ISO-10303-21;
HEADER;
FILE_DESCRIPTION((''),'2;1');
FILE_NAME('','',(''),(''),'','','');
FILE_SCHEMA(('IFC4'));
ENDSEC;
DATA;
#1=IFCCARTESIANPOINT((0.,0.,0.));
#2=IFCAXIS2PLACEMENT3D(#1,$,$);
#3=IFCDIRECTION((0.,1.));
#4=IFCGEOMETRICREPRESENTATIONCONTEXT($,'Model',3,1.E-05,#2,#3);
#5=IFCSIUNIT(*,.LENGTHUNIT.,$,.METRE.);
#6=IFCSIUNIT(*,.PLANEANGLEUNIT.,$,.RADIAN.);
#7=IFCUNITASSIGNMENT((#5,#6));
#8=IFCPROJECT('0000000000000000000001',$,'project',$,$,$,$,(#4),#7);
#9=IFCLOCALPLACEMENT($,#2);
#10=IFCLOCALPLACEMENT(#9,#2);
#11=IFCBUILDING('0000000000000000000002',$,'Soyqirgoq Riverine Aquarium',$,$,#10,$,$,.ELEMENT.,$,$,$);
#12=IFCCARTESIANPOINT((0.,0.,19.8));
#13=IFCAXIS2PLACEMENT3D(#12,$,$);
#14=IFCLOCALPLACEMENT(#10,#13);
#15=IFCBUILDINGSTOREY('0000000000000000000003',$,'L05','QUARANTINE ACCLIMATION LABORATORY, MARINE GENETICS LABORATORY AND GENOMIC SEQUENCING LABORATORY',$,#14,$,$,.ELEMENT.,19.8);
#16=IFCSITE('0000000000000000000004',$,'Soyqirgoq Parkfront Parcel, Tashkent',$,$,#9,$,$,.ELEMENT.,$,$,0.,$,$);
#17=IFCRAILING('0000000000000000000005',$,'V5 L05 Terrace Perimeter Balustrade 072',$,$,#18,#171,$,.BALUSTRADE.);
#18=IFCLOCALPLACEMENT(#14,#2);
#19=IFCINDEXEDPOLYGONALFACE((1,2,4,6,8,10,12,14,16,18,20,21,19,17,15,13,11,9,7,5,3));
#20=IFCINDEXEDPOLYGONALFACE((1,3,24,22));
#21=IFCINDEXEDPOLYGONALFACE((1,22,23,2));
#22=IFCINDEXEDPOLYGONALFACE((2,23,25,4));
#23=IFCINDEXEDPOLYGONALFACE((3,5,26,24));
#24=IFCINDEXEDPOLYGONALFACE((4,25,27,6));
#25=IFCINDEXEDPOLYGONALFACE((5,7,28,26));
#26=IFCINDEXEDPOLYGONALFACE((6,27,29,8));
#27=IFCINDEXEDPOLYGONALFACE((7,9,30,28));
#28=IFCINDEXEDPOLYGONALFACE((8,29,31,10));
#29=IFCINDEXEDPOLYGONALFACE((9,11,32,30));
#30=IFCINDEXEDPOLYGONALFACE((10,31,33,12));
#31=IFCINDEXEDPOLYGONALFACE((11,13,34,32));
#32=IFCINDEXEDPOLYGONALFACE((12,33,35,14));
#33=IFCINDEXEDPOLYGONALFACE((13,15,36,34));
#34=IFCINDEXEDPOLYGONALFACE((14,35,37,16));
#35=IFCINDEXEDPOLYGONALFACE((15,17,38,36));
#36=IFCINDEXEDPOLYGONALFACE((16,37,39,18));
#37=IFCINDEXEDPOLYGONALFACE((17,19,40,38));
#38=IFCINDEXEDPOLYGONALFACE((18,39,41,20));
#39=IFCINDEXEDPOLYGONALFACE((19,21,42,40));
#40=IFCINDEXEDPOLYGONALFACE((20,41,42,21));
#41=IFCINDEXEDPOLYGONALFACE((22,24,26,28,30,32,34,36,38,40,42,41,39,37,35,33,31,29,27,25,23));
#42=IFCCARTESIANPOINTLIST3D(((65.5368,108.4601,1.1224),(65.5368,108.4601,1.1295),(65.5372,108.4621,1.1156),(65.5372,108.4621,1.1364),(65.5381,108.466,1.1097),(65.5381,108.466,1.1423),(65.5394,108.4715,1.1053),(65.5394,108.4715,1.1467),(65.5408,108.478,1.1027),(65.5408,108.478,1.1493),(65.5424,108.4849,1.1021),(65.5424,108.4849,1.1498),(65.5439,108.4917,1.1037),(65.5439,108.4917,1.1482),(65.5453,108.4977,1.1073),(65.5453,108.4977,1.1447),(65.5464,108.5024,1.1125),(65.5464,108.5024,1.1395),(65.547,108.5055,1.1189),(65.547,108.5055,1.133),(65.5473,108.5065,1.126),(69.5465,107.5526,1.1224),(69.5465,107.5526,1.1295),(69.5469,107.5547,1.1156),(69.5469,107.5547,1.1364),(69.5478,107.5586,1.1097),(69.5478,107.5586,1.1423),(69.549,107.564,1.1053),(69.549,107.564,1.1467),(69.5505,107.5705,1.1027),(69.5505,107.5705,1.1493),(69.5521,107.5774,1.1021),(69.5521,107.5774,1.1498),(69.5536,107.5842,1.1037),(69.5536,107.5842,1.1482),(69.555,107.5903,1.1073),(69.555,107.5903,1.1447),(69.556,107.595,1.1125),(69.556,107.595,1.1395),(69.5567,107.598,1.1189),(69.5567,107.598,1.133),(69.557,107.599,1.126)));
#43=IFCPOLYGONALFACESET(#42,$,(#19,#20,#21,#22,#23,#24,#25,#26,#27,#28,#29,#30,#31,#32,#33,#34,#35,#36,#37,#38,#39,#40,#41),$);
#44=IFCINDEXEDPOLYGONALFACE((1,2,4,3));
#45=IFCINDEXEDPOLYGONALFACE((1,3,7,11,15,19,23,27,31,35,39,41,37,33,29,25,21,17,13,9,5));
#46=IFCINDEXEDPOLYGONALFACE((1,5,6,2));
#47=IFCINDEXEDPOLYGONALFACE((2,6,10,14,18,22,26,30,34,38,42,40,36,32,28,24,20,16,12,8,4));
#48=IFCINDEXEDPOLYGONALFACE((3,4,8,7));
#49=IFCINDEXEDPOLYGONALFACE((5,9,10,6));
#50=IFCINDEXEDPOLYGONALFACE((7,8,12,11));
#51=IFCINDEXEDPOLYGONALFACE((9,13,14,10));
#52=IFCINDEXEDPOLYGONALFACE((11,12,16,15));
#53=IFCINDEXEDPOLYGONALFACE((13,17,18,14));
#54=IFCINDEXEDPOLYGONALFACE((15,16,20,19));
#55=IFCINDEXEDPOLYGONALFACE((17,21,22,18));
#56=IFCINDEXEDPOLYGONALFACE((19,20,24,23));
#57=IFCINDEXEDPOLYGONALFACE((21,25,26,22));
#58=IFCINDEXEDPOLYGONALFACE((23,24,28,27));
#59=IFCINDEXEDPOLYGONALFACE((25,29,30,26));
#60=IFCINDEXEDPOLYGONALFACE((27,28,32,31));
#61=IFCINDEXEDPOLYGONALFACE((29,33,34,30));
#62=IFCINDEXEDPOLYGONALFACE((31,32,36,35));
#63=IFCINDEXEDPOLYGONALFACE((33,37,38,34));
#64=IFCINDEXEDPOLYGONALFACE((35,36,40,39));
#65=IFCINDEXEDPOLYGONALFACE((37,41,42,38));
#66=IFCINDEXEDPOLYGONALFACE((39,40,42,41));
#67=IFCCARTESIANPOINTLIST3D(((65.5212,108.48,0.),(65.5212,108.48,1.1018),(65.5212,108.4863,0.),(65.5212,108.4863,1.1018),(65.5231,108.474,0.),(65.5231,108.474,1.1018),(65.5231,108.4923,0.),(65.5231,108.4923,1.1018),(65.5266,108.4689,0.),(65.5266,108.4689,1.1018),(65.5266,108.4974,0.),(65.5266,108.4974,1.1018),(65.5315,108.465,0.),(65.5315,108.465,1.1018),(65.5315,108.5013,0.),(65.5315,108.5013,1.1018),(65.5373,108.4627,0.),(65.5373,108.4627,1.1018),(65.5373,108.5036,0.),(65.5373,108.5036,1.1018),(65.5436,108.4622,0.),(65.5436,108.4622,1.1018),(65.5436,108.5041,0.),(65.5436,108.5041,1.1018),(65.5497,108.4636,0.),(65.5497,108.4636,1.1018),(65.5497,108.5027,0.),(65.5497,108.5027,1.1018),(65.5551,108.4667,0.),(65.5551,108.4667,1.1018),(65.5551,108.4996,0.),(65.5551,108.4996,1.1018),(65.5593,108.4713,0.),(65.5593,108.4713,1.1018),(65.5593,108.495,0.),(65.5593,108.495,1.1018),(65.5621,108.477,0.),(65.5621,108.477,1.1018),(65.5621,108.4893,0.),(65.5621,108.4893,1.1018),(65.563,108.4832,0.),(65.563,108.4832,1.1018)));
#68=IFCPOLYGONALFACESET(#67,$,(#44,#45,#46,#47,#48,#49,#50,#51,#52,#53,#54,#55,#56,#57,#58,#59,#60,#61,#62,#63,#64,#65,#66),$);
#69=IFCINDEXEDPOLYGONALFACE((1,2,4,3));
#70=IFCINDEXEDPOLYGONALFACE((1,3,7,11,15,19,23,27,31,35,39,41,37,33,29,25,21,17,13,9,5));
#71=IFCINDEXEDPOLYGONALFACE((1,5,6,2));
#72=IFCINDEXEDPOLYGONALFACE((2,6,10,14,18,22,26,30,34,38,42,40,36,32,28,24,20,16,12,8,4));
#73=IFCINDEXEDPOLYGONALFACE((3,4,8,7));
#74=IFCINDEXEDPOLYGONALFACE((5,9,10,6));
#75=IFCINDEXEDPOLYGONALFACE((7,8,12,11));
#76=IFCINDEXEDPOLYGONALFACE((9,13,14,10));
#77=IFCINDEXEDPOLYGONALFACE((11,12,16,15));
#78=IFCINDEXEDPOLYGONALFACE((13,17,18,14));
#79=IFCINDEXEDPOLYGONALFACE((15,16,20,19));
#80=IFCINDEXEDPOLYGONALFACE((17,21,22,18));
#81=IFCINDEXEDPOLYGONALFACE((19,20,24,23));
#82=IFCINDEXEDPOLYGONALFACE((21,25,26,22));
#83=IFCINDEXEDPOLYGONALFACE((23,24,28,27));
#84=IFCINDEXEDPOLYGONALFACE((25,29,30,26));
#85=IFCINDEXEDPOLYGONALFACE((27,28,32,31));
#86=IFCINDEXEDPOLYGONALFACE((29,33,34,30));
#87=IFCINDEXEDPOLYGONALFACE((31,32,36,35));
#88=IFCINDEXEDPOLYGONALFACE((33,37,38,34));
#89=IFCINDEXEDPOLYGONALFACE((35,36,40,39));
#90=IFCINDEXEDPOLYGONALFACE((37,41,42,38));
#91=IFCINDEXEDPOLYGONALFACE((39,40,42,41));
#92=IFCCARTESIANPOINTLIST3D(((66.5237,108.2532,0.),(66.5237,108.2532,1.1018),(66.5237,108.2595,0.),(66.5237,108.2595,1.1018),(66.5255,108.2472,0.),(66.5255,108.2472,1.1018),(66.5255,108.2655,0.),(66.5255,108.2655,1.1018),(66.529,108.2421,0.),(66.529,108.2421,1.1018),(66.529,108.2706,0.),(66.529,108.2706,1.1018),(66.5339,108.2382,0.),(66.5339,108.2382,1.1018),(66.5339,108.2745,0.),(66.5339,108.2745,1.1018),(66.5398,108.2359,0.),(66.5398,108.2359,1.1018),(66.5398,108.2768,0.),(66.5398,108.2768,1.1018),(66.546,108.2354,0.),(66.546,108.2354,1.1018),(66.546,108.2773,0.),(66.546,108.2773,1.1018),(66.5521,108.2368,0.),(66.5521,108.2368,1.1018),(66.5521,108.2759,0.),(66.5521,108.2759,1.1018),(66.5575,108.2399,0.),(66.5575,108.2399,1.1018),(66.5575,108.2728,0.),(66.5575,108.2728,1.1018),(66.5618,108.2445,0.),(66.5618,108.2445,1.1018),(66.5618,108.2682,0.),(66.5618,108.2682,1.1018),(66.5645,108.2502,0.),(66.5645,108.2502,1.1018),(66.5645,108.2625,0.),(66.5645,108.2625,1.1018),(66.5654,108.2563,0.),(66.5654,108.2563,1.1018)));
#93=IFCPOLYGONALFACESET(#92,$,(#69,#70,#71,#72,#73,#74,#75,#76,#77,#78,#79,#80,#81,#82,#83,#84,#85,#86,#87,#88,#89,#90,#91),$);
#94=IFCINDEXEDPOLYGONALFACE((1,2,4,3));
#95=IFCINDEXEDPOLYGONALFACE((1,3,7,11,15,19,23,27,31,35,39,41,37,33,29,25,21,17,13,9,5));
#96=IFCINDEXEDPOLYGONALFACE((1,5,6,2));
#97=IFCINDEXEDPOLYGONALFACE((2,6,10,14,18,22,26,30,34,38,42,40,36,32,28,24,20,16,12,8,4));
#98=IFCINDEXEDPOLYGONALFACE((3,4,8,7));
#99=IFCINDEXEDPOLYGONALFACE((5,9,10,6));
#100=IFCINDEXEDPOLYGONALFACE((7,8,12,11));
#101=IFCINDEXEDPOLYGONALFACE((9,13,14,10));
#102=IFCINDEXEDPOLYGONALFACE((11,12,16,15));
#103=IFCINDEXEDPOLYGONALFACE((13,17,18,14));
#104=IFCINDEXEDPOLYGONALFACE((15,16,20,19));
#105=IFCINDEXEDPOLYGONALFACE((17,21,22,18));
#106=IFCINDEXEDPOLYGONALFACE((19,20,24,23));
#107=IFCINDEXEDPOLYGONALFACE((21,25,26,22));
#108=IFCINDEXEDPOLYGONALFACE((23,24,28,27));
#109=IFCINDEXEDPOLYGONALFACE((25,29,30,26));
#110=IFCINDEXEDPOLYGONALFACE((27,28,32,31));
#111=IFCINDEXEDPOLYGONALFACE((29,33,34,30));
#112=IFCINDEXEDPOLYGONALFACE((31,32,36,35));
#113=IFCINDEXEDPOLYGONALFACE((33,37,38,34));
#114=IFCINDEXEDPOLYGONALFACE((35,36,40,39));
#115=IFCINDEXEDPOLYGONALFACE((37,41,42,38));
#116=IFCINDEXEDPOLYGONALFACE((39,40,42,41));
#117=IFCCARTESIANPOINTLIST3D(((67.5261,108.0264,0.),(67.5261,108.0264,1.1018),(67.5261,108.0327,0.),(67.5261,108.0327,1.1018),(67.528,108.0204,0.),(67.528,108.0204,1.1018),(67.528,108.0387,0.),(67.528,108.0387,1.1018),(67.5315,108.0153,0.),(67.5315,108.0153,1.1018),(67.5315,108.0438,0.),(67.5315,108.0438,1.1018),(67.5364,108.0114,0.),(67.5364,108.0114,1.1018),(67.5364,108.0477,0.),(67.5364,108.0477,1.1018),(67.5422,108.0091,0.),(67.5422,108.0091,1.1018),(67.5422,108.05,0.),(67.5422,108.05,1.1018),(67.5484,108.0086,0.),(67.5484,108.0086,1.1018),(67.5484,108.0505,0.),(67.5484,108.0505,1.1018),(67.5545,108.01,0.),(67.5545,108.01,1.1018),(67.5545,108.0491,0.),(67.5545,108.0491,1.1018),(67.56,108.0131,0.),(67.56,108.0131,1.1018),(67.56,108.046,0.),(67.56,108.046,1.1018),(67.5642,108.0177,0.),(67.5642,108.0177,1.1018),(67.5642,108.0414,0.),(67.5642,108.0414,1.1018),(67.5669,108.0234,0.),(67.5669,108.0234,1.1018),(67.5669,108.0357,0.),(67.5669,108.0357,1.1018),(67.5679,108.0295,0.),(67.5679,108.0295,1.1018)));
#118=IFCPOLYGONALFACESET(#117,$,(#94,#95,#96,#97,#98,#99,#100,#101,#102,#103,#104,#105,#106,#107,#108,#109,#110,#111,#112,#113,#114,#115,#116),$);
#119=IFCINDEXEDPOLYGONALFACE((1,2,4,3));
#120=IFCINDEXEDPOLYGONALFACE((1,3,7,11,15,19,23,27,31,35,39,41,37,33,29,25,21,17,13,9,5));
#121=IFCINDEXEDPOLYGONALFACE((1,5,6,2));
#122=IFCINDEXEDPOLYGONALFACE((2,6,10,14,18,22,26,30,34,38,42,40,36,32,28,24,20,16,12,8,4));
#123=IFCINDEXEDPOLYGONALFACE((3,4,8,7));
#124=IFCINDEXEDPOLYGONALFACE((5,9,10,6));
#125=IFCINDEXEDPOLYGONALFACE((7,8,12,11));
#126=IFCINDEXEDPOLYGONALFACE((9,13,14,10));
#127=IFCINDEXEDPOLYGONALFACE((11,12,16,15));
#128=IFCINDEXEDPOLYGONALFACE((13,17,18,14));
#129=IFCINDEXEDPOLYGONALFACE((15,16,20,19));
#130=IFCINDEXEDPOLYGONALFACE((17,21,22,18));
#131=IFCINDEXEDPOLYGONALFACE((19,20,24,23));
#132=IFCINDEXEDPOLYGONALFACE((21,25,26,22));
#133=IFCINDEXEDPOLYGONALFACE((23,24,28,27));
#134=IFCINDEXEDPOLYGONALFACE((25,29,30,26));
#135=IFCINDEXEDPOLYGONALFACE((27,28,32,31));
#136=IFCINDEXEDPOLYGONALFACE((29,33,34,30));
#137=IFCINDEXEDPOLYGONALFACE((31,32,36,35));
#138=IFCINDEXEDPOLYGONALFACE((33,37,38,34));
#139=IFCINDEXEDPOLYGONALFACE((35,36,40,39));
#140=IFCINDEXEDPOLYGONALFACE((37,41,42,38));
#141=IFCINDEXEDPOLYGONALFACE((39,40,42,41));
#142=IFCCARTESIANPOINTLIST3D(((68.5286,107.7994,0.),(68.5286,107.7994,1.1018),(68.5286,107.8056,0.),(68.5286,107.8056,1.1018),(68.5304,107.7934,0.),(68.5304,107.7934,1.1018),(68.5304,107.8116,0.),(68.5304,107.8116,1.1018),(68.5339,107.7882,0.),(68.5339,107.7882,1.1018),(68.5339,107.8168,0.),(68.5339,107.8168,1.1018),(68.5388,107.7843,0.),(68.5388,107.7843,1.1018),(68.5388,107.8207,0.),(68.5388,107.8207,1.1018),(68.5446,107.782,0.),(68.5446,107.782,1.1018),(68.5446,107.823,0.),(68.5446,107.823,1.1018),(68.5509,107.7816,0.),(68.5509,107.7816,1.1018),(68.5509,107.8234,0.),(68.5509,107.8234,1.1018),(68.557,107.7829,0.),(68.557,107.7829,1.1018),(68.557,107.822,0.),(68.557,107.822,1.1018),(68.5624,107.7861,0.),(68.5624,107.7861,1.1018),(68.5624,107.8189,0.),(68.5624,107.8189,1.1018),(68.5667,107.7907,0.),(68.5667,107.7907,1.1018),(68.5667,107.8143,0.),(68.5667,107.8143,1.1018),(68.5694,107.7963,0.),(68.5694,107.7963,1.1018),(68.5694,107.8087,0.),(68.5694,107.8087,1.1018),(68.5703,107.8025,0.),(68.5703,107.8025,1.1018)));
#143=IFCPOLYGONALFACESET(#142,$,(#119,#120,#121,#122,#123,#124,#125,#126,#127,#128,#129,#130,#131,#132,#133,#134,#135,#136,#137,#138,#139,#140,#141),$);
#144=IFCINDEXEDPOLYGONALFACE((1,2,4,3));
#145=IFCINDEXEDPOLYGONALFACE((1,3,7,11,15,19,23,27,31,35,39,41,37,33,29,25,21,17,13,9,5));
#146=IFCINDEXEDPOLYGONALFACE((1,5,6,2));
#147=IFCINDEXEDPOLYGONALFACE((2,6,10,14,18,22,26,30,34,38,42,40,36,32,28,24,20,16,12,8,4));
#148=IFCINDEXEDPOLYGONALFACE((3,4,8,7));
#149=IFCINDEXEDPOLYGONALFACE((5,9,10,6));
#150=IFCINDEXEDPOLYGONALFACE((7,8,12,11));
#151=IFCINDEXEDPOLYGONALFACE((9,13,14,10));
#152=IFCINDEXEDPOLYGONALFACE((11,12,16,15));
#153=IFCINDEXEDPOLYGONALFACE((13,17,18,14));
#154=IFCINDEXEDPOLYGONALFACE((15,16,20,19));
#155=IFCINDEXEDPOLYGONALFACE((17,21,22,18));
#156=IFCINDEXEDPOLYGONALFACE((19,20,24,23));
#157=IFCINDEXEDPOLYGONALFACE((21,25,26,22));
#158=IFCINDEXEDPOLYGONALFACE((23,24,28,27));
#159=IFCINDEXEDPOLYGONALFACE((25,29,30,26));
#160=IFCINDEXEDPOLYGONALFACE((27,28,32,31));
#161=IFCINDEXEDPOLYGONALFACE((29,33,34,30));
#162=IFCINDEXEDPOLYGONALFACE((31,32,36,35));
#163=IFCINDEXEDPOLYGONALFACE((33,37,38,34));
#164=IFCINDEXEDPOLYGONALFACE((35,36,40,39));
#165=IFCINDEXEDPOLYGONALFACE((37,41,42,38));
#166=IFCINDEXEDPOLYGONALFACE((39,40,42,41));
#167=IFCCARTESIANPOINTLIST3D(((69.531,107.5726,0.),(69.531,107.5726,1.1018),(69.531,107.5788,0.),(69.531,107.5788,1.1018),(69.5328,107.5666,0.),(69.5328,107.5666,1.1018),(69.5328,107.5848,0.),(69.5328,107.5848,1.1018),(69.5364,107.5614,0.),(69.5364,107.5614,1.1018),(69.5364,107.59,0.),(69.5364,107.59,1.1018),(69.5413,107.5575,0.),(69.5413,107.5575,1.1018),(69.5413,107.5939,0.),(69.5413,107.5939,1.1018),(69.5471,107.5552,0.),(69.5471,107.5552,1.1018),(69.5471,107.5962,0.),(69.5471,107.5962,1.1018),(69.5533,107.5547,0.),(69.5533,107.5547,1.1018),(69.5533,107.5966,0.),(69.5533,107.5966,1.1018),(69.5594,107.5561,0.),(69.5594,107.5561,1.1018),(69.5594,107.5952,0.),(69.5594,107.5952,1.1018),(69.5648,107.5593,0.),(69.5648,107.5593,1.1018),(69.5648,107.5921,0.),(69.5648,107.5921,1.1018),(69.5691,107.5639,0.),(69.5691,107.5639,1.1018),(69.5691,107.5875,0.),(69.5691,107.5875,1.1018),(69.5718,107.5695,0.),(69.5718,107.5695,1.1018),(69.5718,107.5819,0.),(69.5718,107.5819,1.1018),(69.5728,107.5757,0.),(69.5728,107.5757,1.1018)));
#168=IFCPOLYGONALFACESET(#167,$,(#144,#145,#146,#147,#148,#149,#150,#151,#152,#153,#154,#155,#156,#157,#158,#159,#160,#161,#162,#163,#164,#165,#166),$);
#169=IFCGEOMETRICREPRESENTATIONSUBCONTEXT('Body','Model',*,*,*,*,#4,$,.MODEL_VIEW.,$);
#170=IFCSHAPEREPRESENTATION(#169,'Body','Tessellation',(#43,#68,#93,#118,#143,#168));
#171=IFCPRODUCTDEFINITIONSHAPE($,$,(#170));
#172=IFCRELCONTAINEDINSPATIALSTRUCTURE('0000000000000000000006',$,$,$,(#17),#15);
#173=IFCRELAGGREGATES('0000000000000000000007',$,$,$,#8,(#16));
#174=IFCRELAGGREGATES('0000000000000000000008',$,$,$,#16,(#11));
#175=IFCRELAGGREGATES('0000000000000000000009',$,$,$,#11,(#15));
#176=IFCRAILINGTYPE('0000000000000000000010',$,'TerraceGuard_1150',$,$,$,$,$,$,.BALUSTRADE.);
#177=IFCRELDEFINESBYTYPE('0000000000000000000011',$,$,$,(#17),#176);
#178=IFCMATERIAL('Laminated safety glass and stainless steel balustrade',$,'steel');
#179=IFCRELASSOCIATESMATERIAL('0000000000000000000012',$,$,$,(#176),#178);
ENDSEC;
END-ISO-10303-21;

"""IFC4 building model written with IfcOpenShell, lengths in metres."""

from ifc_helpers import new_model, si_unit, direction, frame, origin, origin_2d, place, context, subcontext, project, spatial, circle, extrude, material, type_object, element, save


model = new_model("IFC4")

# Units and contexts
model_context = context("Model", 3, precision=1e-05, world=origin(), true_north=direction((0.0, 1.0)))
body_context = subcontext(model_context, "Body", "Model", "MODEL_VIEW")
ifc_project = project(units=[si_unit("LENGTHUNIT", "METRE"), si_unit("PLANEANGLEUNIT", "RADIAN")], contexts=[model_context])

# Site, building, storey
site_placement = place(None, origin())
site = spatial("IfcSite", under=ifc_project, at=site_placement, Name="Soyqirgoq Parkfront Parcel, Tashkent", CompositionType="ELEMENT", RefElevation=0.0)
building_placement = place(site_placement, origin())
building = spatial("IfcBuilding", under=site, at=building_placement, Name="Soyqirgoq Riverine Aquarium", CompositionType="ELEMENT")
storey_placement = place(building_placement, frame((0.0, 0.0, 19.8)))
storey = spatial("IfcBuildingStorey", under=building, at=storey_placement, Name="L05", Description="QUARANTINE ACCLIMATION LABORATORY, MARINE GENETICS LABORATORY AND GENOMIC SEQUENCING LABORATORY", CompositionType="ELEMENT", Elevation=19.8)

# Railing
ifc_material_1 = material(Name="Laminated safety glass and stainless steel balustrade", Category="steel")
railing_type_1 = type_object("IfcRailingType", Name="TerraceGuard_1150", PredefinedType="BALUSTRADE", material=ifc_material_1)
railing_1_placement = place(storey_placement, frame((65.542, 108.4832, 0.0)))
element("IfcRailing", 1, at=railing_1_placement, inside=storey, type_object=railing_type_1, Name="V5 L05 Terrace Perimeter Balustrade 072", PredefinedType="BALUSTRADE", context=body_context, shape_type="SweptSolid", body=[
    extrude(circle(Radius=0.0239, at=origin_2d()), frame((0.0, 0.0, 1.126), z_axis=(0.975334, -0.220733, 0.0), x_axis=(0.220733, 0.975334, 0.0)), (0.0, 0.0, 1.0), 4.1111),
    extrude(circle(Radius=0.021, at=origin_2d()), origin(), (0.0, 0.0, 1.0), 1.1018),
    extrude(circle(Radius=0.021, at=origin_2d()), frame((1.0024, -0.2268, 0.0)), (0.0, 0.0, 1.0), 1.1018),
    extrude(circle(Radius=0.021, at=origin_2d()), frame((2.0049, -0.4536, 0.0)), (0.0, 0.0, 1.0), 1.1018),
    extrude(circle(Radius=0.021, at=origin_2d()), frame((3.0073, -0.6807, 0.0)), (0.0, 0.0, 1.0), 1.1018),
    extrude(circle(Radius=0.021, at=origin_2d()), frame((4.0098, -0.9075, 0.0)), (0.0, 0.0, 1.0), 1.1018),
])

save(model, "model.ifc")
